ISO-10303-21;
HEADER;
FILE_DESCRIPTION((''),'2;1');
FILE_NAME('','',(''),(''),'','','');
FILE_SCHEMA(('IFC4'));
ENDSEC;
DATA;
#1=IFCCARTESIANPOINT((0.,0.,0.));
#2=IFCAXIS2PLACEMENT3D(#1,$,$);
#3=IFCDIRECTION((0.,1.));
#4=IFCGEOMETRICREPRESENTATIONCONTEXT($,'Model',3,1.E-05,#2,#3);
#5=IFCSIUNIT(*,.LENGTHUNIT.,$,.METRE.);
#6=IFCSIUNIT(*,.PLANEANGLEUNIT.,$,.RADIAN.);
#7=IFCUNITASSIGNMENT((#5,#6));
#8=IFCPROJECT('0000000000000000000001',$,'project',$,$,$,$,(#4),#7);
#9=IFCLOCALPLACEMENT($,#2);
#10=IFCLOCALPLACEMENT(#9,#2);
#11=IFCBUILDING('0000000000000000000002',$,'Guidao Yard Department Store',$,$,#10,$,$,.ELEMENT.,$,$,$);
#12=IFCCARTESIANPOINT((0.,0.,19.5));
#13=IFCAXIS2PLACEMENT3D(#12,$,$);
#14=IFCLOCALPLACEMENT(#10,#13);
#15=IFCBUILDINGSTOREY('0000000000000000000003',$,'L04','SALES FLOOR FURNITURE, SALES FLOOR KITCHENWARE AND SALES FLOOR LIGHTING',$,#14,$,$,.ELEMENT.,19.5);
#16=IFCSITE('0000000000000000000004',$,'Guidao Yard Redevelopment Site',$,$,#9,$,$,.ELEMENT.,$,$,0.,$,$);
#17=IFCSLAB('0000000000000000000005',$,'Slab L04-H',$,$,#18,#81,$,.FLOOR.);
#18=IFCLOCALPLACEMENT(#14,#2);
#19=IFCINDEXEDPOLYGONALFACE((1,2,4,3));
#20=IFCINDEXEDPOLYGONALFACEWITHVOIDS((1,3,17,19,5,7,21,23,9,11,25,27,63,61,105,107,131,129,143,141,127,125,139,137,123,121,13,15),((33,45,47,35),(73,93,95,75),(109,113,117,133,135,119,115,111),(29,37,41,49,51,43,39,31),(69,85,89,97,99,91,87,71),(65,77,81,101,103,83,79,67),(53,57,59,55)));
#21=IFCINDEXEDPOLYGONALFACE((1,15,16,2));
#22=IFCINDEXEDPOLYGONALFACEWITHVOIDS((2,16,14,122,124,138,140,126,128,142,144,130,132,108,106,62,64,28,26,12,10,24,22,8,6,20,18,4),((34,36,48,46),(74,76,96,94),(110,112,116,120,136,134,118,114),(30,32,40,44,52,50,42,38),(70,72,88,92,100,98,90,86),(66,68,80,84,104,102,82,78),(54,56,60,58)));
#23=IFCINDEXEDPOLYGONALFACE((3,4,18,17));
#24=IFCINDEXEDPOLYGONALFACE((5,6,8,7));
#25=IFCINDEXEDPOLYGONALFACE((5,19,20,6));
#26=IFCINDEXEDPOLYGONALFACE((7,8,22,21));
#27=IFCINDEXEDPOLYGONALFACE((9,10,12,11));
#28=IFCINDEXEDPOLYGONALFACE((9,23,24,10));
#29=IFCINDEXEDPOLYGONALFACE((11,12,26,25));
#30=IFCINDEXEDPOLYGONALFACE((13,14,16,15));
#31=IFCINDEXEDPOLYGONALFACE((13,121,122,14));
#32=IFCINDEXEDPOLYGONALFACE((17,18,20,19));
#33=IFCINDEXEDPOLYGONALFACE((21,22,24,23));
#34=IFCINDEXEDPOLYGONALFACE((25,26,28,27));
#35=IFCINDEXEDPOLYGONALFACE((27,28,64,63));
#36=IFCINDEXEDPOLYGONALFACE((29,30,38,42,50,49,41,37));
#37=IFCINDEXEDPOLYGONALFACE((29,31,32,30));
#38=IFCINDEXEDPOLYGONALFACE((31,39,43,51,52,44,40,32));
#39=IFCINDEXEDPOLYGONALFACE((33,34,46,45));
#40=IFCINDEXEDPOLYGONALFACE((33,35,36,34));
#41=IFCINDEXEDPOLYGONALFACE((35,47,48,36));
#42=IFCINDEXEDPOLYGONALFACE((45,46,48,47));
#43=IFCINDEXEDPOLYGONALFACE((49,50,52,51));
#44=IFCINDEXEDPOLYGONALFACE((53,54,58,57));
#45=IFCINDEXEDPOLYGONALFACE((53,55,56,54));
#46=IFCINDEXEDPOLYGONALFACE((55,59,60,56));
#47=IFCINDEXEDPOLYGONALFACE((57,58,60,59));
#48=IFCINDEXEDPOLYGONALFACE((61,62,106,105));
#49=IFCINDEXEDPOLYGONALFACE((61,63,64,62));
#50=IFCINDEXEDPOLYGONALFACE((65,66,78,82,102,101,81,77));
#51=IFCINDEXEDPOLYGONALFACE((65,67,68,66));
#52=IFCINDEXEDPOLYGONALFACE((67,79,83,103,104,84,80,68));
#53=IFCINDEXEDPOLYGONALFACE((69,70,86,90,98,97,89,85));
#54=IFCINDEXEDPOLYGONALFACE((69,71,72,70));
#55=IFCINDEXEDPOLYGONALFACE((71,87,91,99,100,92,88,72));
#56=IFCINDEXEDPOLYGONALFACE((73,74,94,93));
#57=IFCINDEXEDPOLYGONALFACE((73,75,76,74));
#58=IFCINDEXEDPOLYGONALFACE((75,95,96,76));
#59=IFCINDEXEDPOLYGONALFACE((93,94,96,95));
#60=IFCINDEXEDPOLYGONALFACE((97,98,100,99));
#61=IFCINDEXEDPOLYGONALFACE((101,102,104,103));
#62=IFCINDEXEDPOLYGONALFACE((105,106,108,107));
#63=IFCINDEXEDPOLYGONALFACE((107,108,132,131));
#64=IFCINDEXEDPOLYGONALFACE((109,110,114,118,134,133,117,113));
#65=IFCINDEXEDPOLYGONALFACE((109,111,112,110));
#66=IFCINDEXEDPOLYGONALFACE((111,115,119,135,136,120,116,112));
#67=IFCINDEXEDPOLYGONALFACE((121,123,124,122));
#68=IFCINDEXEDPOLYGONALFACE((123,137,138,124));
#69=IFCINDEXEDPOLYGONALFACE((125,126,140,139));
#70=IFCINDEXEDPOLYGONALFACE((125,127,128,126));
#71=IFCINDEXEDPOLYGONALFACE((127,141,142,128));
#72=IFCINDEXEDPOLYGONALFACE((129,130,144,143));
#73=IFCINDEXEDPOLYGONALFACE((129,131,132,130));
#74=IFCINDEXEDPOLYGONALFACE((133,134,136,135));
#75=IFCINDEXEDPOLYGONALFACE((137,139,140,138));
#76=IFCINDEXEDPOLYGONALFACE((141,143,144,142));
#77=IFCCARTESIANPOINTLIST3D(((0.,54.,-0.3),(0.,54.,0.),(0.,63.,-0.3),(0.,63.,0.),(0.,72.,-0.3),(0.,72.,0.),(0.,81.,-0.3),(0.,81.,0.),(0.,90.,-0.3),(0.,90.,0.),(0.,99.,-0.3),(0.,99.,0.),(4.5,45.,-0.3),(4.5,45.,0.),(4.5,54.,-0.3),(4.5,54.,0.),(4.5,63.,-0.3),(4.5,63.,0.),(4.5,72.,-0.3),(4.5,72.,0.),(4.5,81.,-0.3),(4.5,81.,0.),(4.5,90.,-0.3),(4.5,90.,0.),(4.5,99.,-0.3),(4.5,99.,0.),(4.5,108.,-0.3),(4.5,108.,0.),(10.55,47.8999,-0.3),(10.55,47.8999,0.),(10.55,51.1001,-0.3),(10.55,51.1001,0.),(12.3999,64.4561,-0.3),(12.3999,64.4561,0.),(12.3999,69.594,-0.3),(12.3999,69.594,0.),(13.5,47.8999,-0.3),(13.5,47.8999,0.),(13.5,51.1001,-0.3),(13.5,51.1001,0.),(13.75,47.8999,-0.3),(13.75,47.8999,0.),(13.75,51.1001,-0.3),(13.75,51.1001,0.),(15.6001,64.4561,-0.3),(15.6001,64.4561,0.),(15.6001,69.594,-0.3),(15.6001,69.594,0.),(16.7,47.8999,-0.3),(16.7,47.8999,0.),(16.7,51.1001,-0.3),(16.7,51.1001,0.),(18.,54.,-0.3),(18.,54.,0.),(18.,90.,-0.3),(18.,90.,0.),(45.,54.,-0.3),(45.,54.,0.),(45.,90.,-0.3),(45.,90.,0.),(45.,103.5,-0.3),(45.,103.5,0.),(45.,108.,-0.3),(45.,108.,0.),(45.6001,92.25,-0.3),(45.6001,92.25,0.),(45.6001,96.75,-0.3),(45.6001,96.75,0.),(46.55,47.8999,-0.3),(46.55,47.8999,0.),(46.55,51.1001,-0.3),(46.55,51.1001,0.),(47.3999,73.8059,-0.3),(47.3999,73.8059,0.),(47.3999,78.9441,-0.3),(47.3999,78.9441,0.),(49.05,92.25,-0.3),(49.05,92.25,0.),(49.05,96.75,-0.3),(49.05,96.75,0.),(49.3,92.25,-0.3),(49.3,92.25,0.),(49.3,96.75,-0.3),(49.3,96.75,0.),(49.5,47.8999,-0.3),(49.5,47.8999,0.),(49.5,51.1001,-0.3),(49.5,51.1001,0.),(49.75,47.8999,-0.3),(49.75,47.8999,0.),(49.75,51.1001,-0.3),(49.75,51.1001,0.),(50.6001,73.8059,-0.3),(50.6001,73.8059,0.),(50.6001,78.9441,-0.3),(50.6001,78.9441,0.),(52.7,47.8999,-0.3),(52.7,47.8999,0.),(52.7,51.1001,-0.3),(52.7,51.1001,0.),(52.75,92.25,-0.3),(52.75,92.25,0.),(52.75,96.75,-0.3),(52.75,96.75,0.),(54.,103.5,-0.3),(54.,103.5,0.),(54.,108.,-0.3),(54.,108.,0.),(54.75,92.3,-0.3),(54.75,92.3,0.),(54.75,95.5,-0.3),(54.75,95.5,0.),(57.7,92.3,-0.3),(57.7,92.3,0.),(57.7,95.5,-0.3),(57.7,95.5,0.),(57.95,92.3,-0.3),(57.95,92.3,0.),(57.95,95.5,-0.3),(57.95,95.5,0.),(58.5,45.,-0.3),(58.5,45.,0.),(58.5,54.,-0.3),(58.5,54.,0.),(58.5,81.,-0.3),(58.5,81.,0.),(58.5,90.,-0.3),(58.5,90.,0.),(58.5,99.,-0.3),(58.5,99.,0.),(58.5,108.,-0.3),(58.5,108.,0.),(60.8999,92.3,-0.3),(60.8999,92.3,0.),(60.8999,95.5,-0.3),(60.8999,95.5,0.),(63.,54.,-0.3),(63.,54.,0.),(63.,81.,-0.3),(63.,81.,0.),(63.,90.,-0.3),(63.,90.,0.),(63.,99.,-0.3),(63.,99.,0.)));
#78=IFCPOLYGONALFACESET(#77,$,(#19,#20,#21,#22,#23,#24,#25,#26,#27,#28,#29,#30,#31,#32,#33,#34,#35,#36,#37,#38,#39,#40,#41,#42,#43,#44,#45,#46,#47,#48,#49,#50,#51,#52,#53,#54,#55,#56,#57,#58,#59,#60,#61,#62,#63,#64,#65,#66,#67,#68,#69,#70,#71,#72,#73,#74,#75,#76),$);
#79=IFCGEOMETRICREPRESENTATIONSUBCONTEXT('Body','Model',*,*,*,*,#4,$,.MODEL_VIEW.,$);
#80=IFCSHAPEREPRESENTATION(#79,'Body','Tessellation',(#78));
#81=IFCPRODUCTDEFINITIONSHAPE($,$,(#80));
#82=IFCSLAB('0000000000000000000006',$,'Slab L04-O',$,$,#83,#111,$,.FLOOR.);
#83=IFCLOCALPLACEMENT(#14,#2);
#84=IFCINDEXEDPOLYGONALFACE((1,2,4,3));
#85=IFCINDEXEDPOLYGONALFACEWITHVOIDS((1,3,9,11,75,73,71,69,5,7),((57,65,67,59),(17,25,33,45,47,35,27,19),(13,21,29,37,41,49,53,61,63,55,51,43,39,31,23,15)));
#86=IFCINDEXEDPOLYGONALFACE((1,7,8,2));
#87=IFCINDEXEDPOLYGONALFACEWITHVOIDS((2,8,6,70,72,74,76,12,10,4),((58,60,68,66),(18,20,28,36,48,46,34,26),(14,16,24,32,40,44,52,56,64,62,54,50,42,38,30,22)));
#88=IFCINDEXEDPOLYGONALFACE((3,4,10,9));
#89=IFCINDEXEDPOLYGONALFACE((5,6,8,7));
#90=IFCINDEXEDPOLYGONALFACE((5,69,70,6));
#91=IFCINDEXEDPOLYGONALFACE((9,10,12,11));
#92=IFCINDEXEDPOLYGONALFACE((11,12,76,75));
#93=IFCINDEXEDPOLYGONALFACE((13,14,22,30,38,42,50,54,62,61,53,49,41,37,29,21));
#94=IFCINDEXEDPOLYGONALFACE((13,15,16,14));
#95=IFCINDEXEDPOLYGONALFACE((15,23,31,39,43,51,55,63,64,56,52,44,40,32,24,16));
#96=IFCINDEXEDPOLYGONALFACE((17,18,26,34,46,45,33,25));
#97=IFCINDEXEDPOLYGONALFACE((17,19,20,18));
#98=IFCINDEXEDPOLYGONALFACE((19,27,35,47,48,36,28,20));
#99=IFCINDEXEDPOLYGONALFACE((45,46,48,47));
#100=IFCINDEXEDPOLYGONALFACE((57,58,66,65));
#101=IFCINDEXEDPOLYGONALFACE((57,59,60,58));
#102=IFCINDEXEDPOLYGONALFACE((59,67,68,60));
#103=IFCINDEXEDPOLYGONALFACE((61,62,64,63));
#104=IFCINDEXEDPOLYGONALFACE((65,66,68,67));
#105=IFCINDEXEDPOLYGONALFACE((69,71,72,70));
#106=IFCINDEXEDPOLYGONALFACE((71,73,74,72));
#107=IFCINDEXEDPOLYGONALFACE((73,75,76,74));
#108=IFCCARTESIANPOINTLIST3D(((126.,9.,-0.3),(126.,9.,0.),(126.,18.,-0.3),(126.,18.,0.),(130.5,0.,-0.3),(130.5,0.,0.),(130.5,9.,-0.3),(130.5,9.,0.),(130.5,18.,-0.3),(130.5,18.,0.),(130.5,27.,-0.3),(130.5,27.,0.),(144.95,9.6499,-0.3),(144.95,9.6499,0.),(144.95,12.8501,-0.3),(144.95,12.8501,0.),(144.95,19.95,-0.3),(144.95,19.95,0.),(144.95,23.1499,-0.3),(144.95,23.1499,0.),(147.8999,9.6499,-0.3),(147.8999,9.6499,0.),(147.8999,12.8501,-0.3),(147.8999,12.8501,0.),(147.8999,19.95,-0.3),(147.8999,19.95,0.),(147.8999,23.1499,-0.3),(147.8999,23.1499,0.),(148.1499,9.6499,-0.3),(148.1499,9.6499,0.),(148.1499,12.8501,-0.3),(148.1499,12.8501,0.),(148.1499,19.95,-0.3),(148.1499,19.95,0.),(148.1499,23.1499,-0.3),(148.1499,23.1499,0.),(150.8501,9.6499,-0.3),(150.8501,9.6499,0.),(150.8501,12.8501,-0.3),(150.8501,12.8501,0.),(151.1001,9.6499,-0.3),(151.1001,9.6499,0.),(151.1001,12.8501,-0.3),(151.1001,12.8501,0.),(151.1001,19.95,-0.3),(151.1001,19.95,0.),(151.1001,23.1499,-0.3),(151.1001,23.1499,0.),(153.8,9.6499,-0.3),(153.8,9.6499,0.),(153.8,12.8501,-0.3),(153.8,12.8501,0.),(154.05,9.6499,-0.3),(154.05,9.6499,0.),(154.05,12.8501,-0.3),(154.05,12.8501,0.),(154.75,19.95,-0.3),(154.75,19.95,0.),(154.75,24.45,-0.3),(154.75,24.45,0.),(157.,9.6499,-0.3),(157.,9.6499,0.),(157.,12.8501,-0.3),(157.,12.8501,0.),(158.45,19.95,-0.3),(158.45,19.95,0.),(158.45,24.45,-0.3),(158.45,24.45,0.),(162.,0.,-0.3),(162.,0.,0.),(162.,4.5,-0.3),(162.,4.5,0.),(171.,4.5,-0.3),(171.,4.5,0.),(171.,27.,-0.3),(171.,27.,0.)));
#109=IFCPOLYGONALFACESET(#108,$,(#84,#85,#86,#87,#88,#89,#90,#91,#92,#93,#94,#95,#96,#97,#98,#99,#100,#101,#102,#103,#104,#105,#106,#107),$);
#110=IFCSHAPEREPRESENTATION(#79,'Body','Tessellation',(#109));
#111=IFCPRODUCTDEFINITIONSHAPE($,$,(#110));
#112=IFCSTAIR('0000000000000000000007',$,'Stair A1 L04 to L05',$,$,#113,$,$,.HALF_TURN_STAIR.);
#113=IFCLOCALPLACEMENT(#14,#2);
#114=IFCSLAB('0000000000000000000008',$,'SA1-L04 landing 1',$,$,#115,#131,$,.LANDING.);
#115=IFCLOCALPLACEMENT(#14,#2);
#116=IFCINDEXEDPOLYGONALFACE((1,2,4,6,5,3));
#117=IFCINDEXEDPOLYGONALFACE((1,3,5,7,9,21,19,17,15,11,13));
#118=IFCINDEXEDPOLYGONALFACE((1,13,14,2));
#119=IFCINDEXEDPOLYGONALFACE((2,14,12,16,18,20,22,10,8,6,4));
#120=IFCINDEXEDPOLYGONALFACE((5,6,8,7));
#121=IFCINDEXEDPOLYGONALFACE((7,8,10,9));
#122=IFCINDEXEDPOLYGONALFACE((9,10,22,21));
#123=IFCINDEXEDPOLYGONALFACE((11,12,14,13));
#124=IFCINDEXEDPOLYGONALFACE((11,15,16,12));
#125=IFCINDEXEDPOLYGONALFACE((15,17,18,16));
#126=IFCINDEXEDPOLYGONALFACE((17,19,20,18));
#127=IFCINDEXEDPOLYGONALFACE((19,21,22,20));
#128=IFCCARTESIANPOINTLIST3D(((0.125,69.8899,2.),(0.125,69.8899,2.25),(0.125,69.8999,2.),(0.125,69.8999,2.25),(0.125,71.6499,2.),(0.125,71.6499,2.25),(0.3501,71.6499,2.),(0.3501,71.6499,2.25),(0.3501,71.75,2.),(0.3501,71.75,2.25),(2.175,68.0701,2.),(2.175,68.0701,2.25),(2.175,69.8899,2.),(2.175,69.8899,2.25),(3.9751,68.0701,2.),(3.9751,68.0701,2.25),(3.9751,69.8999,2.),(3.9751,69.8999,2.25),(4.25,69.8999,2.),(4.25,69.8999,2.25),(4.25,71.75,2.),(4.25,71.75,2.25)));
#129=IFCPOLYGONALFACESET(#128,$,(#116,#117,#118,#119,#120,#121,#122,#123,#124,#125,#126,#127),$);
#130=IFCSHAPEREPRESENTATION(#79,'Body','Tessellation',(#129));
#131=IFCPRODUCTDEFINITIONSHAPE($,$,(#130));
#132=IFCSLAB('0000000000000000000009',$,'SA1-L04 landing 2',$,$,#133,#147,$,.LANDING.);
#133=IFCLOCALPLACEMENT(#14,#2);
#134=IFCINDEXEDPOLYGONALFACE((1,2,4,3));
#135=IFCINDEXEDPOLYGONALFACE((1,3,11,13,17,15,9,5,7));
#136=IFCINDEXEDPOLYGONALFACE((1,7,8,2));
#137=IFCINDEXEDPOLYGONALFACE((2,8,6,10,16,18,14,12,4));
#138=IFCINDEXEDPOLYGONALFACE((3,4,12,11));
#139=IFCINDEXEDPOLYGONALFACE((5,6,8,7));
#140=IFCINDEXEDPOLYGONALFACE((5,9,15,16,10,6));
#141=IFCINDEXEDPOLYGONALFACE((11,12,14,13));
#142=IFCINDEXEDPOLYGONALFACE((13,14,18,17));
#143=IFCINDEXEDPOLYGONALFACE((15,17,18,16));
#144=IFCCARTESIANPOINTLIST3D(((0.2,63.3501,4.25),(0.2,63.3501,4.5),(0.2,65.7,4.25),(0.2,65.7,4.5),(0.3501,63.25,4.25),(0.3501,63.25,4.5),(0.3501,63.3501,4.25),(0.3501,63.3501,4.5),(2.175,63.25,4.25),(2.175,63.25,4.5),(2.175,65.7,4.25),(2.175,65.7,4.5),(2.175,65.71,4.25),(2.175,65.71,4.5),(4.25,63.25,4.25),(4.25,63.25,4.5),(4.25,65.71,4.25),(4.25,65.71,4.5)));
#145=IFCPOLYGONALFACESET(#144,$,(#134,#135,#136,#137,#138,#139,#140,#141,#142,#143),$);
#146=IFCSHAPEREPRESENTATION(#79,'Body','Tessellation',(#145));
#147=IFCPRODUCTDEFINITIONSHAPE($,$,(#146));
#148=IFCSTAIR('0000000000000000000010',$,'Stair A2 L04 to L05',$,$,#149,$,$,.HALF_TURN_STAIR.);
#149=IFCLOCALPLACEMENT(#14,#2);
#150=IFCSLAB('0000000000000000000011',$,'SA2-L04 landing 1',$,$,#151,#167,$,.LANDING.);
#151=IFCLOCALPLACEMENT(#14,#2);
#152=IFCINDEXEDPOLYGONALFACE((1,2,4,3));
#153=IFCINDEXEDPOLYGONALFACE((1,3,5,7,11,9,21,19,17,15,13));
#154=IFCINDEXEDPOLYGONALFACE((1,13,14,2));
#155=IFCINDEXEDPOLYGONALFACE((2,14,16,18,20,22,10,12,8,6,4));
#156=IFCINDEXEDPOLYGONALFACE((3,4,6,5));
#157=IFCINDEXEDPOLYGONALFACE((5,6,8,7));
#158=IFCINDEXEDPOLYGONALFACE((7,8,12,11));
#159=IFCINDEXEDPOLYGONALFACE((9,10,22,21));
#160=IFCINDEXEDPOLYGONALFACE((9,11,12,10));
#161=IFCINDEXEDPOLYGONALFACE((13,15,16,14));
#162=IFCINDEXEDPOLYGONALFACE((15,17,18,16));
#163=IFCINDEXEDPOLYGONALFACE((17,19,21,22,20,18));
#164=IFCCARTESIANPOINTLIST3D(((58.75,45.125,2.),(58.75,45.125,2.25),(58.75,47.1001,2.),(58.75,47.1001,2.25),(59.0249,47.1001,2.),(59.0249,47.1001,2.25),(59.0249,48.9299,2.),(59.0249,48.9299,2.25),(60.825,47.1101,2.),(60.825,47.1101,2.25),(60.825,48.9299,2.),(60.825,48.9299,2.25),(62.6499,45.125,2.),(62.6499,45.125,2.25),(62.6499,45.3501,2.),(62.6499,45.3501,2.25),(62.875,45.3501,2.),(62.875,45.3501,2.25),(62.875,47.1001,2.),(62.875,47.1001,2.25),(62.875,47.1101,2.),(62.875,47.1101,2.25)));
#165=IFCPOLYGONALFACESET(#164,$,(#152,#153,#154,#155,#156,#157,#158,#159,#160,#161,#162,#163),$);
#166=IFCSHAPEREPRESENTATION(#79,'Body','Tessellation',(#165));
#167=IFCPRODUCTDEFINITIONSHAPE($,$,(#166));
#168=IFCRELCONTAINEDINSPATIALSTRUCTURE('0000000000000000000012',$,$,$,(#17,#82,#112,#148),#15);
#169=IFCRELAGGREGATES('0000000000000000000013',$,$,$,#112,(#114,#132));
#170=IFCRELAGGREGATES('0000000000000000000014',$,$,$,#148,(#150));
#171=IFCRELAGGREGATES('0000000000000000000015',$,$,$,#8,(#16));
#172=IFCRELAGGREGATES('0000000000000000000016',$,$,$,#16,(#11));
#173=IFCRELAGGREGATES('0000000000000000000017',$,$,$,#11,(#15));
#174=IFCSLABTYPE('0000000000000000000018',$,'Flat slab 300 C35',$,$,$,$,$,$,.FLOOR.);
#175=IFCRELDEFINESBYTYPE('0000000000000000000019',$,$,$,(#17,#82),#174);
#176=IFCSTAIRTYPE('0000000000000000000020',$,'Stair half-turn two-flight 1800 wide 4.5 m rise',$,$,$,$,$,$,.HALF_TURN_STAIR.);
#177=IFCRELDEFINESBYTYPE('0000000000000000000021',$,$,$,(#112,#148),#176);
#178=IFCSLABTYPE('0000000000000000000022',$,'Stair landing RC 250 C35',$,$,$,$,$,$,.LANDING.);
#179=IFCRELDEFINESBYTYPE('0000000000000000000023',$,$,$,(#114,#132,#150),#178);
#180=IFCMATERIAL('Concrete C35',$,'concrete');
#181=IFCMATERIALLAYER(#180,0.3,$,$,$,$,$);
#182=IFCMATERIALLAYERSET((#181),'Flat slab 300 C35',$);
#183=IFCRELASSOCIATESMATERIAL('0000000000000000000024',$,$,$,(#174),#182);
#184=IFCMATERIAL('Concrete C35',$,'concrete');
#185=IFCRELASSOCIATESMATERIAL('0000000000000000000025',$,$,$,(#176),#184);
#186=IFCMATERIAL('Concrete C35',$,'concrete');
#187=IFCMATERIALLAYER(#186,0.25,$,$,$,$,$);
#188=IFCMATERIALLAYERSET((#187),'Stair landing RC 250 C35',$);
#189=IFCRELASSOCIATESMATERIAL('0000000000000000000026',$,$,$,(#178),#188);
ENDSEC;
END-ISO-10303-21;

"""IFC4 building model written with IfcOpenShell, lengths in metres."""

from ifc_helpers import new_model, si_unit, direction, frame, origin, place, context, subcontext, project, spatial, polyline, outline, extrude, material, layer, layer_set, type_object, element, aggregate, save


model = new_model("IFC4")

# Units and contexts
model_context = context("Model", 3, precision=1e-05, world=origin(), true_north=direction((0.0, 1.0)))
body_context = subcontext(model_context, "Body", "Model", "MODEL_VIEW")
ifc_project = project(units=[si_unit("LENGTHUNIT", "METRE"), si_unit("PLANEANGLEUNIT", "RADIAN")], contexts=[model_context])

# Site, building, storey
site_placement = place(None, origin())
site = spatial("IfcSite", under=ifc_project, at=site_placement, Name="Guidao Yard Redevelopment Site", CompositionType="ELEMENT", RefElevation=0.0)
building_placement = place(site_placement, origin())
building = spatial("IfcBuilding", under=site, at=building_placement, Name="Guidao Yard Department Store", CompositionType="ELEMENT")
storey_placement = place(building_placement, frame((0.0, 0.0, 19.5)))
storey = spatial("IfcBuildingStorey", under=building, at=storey_placement, Name="L04", Description="SALES FLOOR FURNITURE, SALES FLOOR KITCHENWARE AND SALES FLOOR LIGHTING", CompositionType="ELEMENT", Elevation=19.5)

# Slabs
ifc_material_1 = material(Name="Concrete C35", Category="concrete")
ifc_layer_1 = layer(ifc_material_1, 0.3)
ifc_layer_set_1 = layer_set([ifc_layer_1], Name="Flat slab 300 C35")
slab_type_1 = type_object("IfcSlabType", Name="Flat slab 300 C35", PredefinedType="FLOOR", material=ifc_layer_set_1)
slab_1_placement = place(storey_placement, frame((0.0, 0.0, -0.3)))
element("IfcSlab", 1, at=slab_1_placement, inside=storey, type_object=slab_type_1, Name="Slab L04-H", PredefinedType="FLOOR", context=body_context, shape_type="SweptSolid", body=[
    extrude(outline(polyline([(58.5, 54.0), (58.5, 45.0), (4.5, 45.0), (4.5, 54.0), (0.0, 54.0), (0.0, 63.0), (4.5, 63.0), (4.5, 72.0), (0.0, 72.0), (0.0, 81.0), (4.5, 81.0), (4.5, 90.0), (0.0, 90.0), (0.0, 99.0), (4.5, 99.0), (4.5, 108.0), (45.0, 108.0), (45.0, 103.5), (54.0, 103.5), (54.0, 108.0), (58.5, 108.0), (58.5, 99.0), (63.0, 99.0), (63.0, 90.0), (58.5, 90.0), (58.5, 81.0), (63.0, 81.0), (63.0, 54.0), (58.5, 54.0)]), holes=[polyline([(13.5, 47.8999), (13.75, 47.8999), (16.7, 47.8999), (16.7, 51.1001), (13.75, 51.1001), (13.5, 51.1001), (10.55, 51.1001), (10.55, 47.8999), (13.5, 47.8999)]), polyline([(46.55, 47.8999), (49.5, 47.8999), (49.75, 47.8999), (52.7, 47.8999), (52.7, 51.1001), (49.75, 51.1001), (49.5, 51.1001), (46.55, 51.1001), (46.55, 47.8999)]), polyline([(12.3999, 69.594), (12.3999, 64.4561), (15.6001, 64.4561), (15.6001, 69.594), (12.3999, 69.594)]), polyline([(18.0, 54.0), (45.0, 54.0), (45.0, 90.0), (18.0, 90.0), (18.0, 54.0)]), polyline([(47.3999, 78.9441), (47.3999, 73.8059), (50.6001, 73.8059), (50.6001, 78.9441), (47.3999, 78.9441)]), polyline([(54.75, 92.3), (57.7, 92.3), (57.95, 92.3), (60.8999, 92.3), (60.8999, 95.5), (57.95, 95.5), (57.7, 95.5), (54.75, 95.5), (54.75, 92.3)]), polyline([(52.75, 92.25), (52.75, 96.75), (49.3, 96.75), (49.05, 96.75), (45.6001, 96.75), (45.6001, 92.25), (49.05, 92.25), (49.3, 92.25), (52.75, 92.25)])]), origin(), (0.0, 0.0, 1.0), 0.3),
])
slab_2_placement = place(storey_placement, frame((0.0, 0.0, -0.3)))
element("IfcSlab", 2, at=slab_2_placement, inside=storey, type_object=slab_type_1, Name="Slab L04-O", PredefinedType="FLOOR", context=body_context, shape_type="SweptSolid", body=[
    extrude(outline(polyline([(171.0, 4.5), (162.0, 4.5), (162.0, 0.0), (130.5, 0.0), (130.5, 9.0), (126.0, 9.0), (126.0, 18.0), (130.5, 18.0), (130.5, 27.0), (171.0, 27.0), (171.0, 4.5)]), holes=[polyline([(153.8, 12.8501), (151.1001, 12.8501), (150.8501, 12.8501), (148.1499, 12.8501), (147.8999, 12.8501), (144.95, 12.8501), (144.95, 9.6499), (147.8999, 9.6499), (148.1499, 9.6499), (150.8501, 9.6499), (151.1001, 9.6499), (153.8, 9.6499), (154.05, 9.6499), (157.0, 9.6499), (157.0, 12.8501), (154.05, 12.8501), (153.8, 12.8501)]), polyline([(147.8999, 19.95), (148.1499, 19.95), (151.1001, 19.95), (151.1001, 23.1499), (148.1499, 23.1499), (147.8999, 23.1499), (144.95, 23.1499), (144.95, 19.95), (147.8999, 19.95)]), polyline([(154.75, 19.95), (158.45, 19.95), (158.45, 24.45), (154.75, 24.45), (154.75, 19.95)])]), origin(), (0.0, 0.0, 1.0), 0.3),
])

# Stairs, slabs
ifc_material_2 = material(Name="Concrete C35", Category="concrete")
stair_type_1 = type_object("IfcStairType", Name="Stair half-turn two-flight 1800 wide 4.5 m rise", PredefinedType="HALF_TURN_STAIR", material=ifc_material_2)
stair_1_placement = place(storey_placement, origin())
stair_1 = element("IfcStair", 3, at=stair_1_placement, inside=storey, type_object=stair_type_1, Name="Stair A1 L04 to L05", PredefinedType="HALF_TURN_STAIR")
ifc_material_3 = material(Name="Concrete C35", Category="concrete")
ifc_layer_2 = layer(ifc_material_3, 0.25)
ifc_layer_set_2 = layer_set([ifc_layer_2], Name="Stair landing RC 250 C35")
slab_type_2 = type_object("IfcSlabType", Name="Stair landing RC 250 C35", PredefinedType="LANDING", material=ifc_layer_set_2)
slab_3_placement = place(storey_placement, frame((0.0, 0.0, 2.0)))
slab_3 = element("IfcSlab", 4, at=slab_3_placement, type_object=slab_type_2, Name="SA1-L04 landing 1", PredefinedType="LANDING", context=body_context, shape_type="SweptSolid", body=[
    extrude(outline(polyline([(2.175, 69.8899), (0.125, 69.8899), (0.125, 69.8999), (0.125, 71.6499), (0.3501, 71.6499), (0.3501, 71.75), (4.25, 71.75), (4.25, 69.8999), (3.9751, 69.8999), (3.9751, 68.0701), (2.175, 68.0701), (2.175, 69.8899)])), origin(), (0.0, 0.0, 1.0), 0.25),
])
slab_4_placement = place(storey_placement, frame((0.0, 0.0, 4.25)))
slab_4 = element("IfcSlab", 5, at=slab_4_placement, type_object=slab_type_2, Name="SA1-L04 landing 2", PredefinedType="LANDING", context=body_context, shape_type="SweptSolid", body=[
    extrude(outline(polyline([(2.175, 65.7), (2.175, 65.71), (4.25, 65.71), (4.25, 63.25), (2.175, 63.25), (0.3501, 63.25), (0.3501, 63.3501), (0.2, 63.3501), (0.2, 65.7), (2.175, 65.7)])), origin(), (0.0, 0.0, 1.0), 0.25),
])
aggregate(stair_1, [slab_3, slab_4])
stair_2_placement = place(storey_placement, origin())
stair_2 = element("IfcStair", 6, at=stair_2_placement, inside=storey, type_object=stair_type_1, Name="Stair A2 L04 to L05", PredefinedType="HALF_TURN_STAIR")
slab_5_placement = place(storey_placement, frame((0.0, 0.0, 2.0)))
slab_5 = element("IfcSlab", 7, at=slab_5_placement, type_object=slab_type_2, Name="SA2-L04 landing 1", PredefinedType="LANDING", context=body_context, shape_type="SweptSolid", body=[
    extrude(outline(polyline([(58.75, 47.1001), (59.0249, 47.1001), (59.0249, 48.9299), (60.825, 48.9299), (60.825, 47.1101), (62.875, 47.1101), (62.875, 47.1001), (62.875, 45.3501), (62.6499, 45.3501), (62.6499, 45.125), (58.75, 45.125), (58.75, 47.1001)])), origin(), (0.0, 0.0, 1.0), 0.25),
])
aggregate(stair_2, [slab_5])

save(model, "model.ifc")
